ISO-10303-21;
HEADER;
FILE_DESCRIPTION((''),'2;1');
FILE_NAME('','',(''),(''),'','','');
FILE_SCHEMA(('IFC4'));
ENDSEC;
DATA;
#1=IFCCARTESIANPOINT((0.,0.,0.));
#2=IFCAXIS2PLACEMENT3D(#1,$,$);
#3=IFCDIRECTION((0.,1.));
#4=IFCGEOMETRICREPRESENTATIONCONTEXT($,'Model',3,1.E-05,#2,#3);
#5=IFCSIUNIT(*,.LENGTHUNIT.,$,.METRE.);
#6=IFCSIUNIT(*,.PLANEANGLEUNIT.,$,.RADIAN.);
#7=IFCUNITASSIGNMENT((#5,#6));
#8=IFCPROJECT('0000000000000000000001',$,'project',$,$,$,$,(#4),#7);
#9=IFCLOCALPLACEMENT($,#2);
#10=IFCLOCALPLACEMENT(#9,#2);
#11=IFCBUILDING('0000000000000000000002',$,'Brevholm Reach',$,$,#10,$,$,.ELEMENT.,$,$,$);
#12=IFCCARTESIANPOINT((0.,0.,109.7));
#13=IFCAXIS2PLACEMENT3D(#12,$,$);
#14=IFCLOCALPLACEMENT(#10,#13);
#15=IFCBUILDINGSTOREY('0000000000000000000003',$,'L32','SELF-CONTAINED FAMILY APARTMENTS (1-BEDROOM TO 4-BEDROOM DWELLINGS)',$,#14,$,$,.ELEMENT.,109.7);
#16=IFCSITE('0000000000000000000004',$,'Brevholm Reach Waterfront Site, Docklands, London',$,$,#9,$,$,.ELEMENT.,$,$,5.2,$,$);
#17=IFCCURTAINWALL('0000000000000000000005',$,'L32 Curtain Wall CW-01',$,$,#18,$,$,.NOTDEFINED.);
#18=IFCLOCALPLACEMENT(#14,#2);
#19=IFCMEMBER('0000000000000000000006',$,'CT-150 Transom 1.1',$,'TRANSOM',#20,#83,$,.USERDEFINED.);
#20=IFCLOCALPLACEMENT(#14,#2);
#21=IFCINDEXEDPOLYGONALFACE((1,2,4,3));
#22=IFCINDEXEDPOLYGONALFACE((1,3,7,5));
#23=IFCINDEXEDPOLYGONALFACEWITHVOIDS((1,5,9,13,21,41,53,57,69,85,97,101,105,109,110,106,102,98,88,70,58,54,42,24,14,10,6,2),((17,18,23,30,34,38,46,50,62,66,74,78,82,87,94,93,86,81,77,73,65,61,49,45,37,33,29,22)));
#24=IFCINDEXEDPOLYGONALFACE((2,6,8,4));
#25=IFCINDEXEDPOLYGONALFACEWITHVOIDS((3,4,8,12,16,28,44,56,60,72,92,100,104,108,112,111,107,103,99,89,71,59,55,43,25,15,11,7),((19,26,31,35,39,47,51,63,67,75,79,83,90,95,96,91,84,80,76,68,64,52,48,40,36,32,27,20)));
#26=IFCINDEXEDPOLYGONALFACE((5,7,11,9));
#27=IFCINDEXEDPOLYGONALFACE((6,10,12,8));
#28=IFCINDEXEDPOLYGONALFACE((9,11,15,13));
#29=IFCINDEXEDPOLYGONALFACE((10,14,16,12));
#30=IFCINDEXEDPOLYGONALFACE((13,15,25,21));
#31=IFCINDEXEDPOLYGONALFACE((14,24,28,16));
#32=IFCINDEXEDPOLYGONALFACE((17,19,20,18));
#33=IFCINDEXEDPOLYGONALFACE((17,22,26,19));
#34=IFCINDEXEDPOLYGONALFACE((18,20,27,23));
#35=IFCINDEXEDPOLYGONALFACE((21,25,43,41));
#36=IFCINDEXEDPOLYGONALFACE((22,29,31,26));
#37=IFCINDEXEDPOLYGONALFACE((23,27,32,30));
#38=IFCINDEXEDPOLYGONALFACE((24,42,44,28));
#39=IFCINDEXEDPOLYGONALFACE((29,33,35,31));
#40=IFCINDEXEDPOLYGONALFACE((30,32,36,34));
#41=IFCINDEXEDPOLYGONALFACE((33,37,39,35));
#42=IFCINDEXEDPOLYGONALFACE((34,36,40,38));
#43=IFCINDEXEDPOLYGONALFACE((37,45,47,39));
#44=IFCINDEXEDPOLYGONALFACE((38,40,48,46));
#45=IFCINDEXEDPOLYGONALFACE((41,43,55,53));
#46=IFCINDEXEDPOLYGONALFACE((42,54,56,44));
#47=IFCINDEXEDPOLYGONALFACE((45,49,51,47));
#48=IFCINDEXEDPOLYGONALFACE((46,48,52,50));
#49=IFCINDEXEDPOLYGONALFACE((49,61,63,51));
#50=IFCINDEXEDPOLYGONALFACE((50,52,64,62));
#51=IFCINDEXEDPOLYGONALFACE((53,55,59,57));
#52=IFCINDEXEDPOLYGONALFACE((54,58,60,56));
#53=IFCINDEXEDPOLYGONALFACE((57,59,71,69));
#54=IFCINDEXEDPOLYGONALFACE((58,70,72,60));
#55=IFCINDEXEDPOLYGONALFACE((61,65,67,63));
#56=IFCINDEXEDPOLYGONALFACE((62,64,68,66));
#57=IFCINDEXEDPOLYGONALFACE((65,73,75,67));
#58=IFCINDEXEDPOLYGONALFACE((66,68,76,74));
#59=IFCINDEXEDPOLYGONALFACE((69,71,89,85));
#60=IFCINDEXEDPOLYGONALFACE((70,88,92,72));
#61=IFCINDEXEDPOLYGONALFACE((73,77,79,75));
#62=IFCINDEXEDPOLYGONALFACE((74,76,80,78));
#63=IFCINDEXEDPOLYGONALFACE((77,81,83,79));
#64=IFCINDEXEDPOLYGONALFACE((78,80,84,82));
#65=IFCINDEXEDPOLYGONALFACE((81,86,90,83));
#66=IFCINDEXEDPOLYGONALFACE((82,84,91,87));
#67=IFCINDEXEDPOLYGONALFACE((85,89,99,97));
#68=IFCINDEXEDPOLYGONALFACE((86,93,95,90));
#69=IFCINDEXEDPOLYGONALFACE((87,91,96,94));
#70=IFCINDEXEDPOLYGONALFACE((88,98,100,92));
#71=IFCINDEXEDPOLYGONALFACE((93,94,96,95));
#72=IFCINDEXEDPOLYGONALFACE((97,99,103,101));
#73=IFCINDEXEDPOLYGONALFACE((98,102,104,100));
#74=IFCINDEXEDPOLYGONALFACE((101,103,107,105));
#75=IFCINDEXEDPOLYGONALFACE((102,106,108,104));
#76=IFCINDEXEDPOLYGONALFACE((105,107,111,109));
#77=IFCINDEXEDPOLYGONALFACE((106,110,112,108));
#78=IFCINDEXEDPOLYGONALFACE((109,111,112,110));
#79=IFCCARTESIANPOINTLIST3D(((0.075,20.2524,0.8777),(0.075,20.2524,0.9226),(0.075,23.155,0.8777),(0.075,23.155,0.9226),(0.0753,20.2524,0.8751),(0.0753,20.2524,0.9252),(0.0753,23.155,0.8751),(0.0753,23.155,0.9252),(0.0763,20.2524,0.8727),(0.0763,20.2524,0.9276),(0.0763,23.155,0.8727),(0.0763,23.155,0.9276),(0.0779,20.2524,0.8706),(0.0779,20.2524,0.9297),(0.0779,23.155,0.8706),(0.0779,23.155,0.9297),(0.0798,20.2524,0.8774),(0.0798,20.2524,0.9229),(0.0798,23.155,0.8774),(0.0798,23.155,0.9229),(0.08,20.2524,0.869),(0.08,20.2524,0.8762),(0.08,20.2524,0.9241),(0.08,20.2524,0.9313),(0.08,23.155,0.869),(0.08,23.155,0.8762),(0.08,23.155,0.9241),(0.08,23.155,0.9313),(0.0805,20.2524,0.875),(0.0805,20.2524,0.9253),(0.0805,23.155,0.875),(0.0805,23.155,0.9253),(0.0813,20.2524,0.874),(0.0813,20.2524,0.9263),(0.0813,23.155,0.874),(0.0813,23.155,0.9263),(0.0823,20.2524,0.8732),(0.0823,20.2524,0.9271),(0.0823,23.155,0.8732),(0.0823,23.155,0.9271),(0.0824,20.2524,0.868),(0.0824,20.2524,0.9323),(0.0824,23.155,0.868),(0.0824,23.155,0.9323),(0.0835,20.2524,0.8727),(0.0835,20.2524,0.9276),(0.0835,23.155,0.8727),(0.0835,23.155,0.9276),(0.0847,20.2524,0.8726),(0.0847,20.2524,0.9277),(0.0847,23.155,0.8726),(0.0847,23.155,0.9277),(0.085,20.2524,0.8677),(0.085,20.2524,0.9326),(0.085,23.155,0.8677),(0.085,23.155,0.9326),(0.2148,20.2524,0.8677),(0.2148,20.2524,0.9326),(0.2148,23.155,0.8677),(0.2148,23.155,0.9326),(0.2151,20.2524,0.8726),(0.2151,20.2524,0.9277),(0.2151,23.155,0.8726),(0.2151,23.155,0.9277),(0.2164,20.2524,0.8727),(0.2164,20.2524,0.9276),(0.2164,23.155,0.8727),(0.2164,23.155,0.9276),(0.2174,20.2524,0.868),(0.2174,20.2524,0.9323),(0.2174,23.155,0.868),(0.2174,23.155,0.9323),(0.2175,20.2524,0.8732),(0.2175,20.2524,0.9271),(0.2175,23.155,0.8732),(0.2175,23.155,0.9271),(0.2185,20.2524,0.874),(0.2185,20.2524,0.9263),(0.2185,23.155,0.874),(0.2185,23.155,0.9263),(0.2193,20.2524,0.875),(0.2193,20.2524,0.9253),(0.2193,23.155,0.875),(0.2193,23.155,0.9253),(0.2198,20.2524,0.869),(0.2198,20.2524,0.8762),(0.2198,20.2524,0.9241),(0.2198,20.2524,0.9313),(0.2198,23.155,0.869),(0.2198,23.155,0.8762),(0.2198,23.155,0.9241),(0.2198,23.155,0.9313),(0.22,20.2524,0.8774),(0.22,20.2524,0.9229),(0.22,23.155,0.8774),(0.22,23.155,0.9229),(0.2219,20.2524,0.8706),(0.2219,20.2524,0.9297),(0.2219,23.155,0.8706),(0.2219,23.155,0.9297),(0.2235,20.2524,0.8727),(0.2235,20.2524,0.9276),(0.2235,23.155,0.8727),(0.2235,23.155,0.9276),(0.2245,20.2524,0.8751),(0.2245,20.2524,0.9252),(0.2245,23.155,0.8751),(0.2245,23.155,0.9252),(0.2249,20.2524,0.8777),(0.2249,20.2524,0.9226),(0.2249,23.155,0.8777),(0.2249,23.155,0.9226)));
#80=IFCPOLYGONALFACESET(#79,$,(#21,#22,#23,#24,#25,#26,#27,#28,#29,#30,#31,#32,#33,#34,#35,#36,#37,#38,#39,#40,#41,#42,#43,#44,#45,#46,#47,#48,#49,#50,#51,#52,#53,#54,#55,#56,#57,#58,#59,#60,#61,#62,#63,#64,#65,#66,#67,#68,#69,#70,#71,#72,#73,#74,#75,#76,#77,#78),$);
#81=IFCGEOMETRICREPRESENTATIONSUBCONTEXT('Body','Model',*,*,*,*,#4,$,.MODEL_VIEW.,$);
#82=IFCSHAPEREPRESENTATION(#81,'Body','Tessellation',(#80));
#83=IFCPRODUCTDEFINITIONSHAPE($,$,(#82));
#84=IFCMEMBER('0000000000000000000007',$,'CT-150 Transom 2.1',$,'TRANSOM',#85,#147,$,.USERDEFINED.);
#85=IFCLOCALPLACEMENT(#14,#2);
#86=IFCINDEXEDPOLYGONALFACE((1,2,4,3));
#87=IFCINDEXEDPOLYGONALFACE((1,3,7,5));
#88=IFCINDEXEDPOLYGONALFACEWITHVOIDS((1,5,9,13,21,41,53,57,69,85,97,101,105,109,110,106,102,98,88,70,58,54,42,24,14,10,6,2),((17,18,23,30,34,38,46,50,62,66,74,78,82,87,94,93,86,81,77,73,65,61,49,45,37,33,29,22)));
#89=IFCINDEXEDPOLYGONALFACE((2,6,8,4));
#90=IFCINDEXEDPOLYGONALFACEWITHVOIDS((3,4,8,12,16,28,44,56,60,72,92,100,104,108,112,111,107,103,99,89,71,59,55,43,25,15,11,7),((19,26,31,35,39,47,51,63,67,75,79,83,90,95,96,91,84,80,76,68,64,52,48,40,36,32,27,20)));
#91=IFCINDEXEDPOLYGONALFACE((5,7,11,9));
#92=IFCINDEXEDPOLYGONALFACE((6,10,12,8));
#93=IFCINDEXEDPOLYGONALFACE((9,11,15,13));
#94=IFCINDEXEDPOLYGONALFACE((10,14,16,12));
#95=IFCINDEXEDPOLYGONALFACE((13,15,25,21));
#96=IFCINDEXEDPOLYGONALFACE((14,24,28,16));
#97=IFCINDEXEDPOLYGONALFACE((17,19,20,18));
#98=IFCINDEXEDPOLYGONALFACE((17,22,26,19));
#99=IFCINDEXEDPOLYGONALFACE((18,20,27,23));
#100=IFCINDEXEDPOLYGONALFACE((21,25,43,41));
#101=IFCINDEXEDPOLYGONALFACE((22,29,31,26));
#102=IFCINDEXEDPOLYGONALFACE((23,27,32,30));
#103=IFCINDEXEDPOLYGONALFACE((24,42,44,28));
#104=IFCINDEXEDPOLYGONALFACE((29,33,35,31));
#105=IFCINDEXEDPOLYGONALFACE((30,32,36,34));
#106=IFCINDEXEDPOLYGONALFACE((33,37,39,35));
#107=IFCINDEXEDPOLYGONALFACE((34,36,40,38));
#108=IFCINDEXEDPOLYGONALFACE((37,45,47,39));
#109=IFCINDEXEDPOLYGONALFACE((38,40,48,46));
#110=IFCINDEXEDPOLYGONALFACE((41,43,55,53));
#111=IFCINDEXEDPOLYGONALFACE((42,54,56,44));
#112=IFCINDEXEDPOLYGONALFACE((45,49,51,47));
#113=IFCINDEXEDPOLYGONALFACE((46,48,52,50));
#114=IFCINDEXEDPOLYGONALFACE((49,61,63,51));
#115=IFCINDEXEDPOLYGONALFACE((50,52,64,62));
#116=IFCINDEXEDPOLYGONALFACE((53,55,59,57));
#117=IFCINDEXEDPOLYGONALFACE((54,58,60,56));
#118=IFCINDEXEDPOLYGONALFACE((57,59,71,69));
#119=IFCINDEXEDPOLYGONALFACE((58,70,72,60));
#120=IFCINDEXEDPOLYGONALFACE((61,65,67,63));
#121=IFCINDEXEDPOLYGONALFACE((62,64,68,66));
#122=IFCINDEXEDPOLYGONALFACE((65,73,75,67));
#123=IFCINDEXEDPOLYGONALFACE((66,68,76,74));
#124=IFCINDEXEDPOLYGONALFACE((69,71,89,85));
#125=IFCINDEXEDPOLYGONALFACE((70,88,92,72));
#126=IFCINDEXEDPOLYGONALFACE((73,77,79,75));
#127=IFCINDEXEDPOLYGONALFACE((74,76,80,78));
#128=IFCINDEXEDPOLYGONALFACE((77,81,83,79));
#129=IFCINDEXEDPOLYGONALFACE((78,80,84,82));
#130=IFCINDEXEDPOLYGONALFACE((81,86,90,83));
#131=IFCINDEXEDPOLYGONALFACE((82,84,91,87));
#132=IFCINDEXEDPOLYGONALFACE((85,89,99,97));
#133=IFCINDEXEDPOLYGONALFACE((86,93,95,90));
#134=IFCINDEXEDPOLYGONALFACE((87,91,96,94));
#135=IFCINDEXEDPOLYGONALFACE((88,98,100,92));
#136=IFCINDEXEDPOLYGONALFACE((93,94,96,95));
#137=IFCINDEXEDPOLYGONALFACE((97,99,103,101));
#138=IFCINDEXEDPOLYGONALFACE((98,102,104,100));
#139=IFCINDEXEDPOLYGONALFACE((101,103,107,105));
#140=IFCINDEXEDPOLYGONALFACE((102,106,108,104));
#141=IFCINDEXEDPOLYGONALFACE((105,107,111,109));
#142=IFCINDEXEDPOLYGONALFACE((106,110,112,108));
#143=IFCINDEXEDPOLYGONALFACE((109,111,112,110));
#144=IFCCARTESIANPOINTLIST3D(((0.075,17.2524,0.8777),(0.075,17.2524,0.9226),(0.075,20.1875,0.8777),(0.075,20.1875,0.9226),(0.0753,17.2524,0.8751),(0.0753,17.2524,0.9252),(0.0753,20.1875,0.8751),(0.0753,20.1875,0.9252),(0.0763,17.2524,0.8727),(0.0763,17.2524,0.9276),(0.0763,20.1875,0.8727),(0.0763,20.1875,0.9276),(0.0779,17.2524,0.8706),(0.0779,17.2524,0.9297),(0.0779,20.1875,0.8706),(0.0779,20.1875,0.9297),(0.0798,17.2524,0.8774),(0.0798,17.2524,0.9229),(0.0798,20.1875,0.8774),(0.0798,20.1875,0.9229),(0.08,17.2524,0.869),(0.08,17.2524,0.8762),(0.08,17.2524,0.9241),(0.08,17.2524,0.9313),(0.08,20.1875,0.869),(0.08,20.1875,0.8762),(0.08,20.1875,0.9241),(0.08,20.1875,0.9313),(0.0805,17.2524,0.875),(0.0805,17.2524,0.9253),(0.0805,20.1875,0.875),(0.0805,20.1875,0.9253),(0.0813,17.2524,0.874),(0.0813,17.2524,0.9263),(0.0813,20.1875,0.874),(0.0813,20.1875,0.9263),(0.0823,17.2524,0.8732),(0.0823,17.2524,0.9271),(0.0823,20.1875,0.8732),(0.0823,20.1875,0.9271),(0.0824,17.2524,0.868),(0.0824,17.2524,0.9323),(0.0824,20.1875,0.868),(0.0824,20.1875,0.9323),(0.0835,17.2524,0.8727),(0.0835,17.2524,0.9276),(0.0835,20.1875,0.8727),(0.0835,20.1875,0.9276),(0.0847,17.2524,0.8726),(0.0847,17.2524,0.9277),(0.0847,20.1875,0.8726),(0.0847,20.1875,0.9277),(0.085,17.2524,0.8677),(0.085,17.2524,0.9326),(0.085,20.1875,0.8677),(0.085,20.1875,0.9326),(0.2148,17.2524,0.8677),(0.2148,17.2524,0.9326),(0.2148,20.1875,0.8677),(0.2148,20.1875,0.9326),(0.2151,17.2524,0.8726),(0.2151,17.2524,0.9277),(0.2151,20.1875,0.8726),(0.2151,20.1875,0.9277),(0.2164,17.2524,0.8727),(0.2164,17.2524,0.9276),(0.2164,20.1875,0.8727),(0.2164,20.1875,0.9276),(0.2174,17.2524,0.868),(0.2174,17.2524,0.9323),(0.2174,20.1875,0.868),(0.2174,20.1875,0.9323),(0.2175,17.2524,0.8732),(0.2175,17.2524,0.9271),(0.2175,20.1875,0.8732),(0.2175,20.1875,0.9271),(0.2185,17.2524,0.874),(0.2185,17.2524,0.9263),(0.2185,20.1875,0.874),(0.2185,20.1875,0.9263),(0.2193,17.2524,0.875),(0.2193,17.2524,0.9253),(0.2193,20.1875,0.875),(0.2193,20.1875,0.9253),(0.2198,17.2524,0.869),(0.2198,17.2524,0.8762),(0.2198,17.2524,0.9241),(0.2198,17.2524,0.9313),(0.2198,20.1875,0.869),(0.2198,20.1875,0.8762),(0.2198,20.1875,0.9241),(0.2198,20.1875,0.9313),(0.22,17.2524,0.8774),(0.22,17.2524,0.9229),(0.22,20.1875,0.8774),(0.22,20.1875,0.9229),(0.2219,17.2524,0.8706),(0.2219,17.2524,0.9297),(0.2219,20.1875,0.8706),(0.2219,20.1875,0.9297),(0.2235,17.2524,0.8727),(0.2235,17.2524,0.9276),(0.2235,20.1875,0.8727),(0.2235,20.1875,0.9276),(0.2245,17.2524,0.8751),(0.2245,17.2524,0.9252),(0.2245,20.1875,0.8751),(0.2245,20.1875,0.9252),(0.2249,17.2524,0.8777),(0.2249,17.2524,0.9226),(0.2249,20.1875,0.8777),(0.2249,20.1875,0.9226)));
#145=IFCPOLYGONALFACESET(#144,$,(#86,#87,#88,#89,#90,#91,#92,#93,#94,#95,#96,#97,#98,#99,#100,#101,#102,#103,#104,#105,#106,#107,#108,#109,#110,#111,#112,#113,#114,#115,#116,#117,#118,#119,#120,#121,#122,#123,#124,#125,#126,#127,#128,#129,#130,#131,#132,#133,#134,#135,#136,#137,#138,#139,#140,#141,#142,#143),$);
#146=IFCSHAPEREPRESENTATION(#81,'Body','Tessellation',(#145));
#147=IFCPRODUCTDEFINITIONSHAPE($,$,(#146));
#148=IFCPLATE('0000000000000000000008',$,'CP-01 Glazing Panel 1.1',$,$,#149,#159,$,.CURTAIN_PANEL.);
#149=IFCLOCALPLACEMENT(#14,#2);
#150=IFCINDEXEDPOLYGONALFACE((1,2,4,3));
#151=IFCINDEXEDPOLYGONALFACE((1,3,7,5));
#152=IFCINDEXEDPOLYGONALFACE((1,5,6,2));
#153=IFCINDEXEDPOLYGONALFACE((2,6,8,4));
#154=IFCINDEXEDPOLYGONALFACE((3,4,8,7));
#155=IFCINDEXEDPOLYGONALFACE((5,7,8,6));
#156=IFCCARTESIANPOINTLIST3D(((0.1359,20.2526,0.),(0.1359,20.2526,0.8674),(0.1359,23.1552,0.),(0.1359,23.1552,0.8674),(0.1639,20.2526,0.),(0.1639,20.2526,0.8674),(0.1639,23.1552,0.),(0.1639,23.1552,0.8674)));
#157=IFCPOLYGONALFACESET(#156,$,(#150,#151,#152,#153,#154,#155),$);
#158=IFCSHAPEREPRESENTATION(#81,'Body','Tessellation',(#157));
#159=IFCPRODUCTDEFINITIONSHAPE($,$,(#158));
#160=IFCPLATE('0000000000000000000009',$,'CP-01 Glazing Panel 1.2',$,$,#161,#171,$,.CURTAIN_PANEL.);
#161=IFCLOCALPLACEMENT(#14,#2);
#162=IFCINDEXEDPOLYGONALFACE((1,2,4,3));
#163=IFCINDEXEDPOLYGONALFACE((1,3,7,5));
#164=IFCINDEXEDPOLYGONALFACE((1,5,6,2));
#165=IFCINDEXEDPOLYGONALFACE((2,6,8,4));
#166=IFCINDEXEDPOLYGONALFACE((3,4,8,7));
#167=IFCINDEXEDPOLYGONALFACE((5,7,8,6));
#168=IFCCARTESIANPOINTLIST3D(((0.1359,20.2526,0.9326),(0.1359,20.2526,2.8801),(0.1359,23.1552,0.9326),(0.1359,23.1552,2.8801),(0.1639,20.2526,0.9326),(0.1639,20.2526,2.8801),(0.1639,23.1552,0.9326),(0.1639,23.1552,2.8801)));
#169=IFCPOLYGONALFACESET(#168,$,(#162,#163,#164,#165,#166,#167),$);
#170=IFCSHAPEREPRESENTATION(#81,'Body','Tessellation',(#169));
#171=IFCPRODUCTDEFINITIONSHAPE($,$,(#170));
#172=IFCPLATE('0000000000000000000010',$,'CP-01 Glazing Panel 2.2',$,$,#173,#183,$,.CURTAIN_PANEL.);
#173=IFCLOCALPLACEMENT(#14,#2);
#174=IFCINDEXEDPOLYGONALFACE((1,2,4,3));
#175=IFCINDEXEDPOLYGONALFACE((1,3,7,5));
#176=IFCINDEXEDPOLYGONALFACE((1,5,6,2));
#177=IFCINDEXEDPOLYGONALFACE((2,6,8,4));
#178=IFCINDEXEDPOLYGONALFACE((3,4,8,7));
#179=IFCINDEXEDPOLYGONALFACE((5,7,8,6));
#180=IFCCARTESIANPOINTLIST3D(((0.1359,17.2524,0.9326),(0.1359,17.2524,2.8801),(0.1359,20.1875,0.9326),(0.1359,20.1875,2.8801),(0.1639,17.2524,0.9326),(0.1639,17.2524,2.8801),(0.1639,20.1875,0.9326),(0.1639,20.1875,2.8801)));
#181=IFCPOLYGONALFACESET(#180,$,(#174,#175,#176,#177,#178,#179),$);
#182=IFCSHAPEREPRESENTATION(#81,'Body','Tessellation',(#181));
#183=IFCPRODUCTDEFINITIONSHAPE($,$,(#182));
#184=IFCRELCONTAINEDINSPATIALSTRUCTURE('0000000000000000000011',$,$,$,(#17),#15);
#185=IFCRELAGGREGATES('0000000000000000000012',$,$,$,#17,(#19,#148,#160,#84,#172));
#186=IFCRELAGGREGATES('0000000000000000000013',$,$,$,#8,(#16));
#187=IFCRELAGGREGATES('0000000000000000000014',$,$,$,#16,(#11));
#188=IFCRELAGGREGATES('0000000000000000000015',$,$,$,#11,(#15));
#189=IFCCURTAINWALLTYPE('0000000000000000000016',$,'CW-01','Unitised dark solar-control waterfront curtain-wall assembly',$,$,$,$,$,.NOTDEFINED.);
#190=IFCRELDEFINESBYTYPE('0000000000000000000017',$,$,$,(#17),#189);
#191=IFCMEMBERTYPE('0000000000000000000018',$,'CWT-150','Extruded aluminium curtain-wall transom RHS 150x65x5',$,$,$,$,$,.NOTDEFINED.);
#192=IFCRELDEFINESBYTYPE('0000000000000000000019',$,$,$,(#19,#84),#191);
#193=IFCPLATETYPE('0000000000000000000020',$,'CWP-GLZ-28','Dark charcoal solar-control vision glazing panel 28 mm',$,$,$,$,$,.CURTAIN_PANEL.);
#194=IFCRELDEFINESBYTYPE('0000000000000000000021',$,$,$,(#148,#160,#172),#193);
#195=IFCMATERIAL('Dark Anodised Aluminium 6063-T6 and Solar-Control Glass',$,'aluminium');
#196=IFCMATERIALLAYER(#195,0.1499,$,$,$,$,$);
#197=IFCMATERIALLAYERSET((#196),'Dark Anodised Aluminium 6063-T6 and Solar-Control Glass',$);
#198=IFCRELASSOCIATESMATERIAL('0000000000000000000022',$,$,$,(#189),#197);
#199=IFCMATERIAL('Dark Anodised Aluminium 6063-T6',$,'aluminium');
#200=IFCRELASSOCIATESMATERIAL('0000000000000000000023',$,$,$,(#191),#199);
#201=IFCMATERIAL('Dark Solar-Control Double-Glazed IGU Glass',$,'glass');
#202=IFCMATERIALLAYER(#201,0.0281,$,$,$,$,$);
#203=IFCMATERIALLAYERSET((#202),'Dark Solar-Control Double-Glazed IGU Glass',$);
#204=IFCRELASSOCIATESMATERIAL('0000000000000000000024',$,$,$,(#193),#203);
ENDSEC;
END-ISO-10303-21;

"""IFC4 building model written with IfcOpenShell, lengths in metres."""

from ifc_helpers import new_model, si_unit, direction, frame, origin, origin_2d, place, context, subcontext, project, spatial, rectangle, hollow_rectangle, extrude, material, layer, layer_set, material_profile, profile_set, type_object, element, aggregate, save


model = new_model("IFC4")

# Units and contexts
model_context = context("Model", 3, precision=1e-05, world=origin(), true_north=direction((0.0, 1.0)))
body_context = subcontext(model_context, "Body", "Model", "MODEL_VIEW")
ifc_project = project(units=[si_unit("LENGTHUNIT", "METRE"), si_unit("PLANEANGLEUNIT", "RADIAN")], contexts=[model_context])

# Site, building, storey
site_placement = place(None, origin())
site = spatial("IfcSite", under=ifc_project, at=site_placement, Name="Brevholm Reach Waterfront Site, Docklands, London", CompositionType="ELEMENT", RefElevation=5.2)
building_placement = place(site_placement, origin())
building = spatial("IfcBuilding", under=site, at=building_placement, Name="Brevholm Reach", CompositionType="ELEMENT")
storey_placement = place(building_placement, frame((0.0, 0.0, 109.7)))
storey = spatial("IfcBuildingStorey", under=building, at=storey_placement, Name="L32", Description="SELF-CONTAINED FAMILY APARTMENTS (1-BEDROOM TO 4-BEDROOM DWELLINGS)", CompositionType="ELEMENT", Elevation=109.7)

# Curtain wall, members, plates
ifc_material_1 = material(Name="Dark Anodised Aluminium 6063-T6 and Solar-Control Glass", Category="aluminium")
ifc_layer_1 = layer(ifc_material_1, 0.1499)
ifc_layer_set_1 = layer_set([ifc_layer_1], Name="Dark Anodised Aluminium 6063-T6 and Solar-Control Glass")
curtain_wall_type = type_object("IfcCurtainWallType", Name="CW-01", Description="Unitised dark solar-control waterfront curtain-wall assembly", PredefinedType="NOTDEFINED", material=ifc_layer_set_1)
curtain_wall_placement = place(storey_placement, origin())
curtain_wall = element("IfcCurtainWall", 1, at=curtain_wall_placement, inside=storey, type_object=curtain_wall_type, Name="L32 Curtain Wall CW-01", PredefinedType="NOTDEFINED")
ifc_material_2 = material(Name="Dark Anodised Aluminium 6063-T6", Category="aluminium")
ifc_material_profile_1 = material_profile(ifc_material_2, hollow_rectangle(XDim=0.0649, YDim=0.1499, WallThickness=0.0049, InnerFilletRadius=0.0049, OuterFilletRadius=0.01, at=origin_2d()), Name="RHS 150x65x5")
ifc_profile_set_1 = profile_set([ifc_material_profile_1], Name="Dark Anodised Aluminium 6063-T6")
member_type_1 = type_object("IfcMemberType", Name="CWT-150", Description="Extruded aluminium curtain-wall transom RHS 150x65x5", PredefinedType="NOTDEFINED", material=ifc_profile_set_1)
member_1_placement = place(storey_placement, frame((0.1499, 23.155, 0.9001), z_axis=(0.0, -1.0, 0.0), x_axis=(0.0, 0.0, 1.0)))
member_1 = element("IfcMember", 2, at=member_1_placement, type_object=member_type_1, Name="CT-150 Transom 1.1", ObjectType="TRANSOM", PredefinedType="USERDEFINED", context=body_context, shape_type="SweptSolid", body=[
    extrude(hollow_rectangle(XDim=0.0649, YDim=0.1499, WallThickness=0.0049, InnerFilletRadius=0.0049, OuterFilletRadius=0.01, at=origin_2d()), origin(), (0.0, 0.0, 1.0), 2.9026),
])
member_2_placement = place(storey_placement, frame((0.1499, 20.1875, 0.9001), z_axis=(0.0, -1.0, 0.0), x_axis=(0.0, 0.0, 1.0)))
member_2 = element("IfcMember", 3, at=member_2_placement, type_object=member_type_1, Name="CT-150 Transom 2.1", ObjectType="TRANSOM", PredefinedType="USERDEFINED", context=body_context, shape_type="SweptSolid", body=[
    extrude(hollow_rectangle(XDim=0.0649, YDim=0.1499, WallThickness=0.0049, InnerFilletRadius=0.0049, OuterFilletRadius=0.01, at=origin_2d()), origin(), (0.0, 0.0, 1.0), 2.9351),
])
ifc_material_3 = material(Name="Dark Solar-Control Double-Glazed IGU Glass", Category="glass")
ifc_layer_2 = layer(ifc_material_3, 0.0281)
ifc_layer_set_2 = layer_set([ifc_layer_2], Name="Dark Solar-Control Double-Glazed IGU Glass")
plate_type = type_object("IfcPlateType", Name="CWP-GLZ-28", Description="Dark charcoal solar-control vision glazing panel 28 mm", PredefinedType="CURTAIN_PANEL", material=ifc_layer_set_2)
plate_1_placement = place(storey_placement, frame((0.1499, 21.7039, 0.0), z_axis=(0.0, 0.0, 1.0), x_axis=(0.0, -1.0, 0.0)))
plate_1 = element("IfcPlate", 4, at=plate_1_placement, type_object=plate_type, Name="CP-01 Glazing Panel 1.1", PredefinedType="CURTAIN_PANEL", context=body_context, shape_type="SweptSolid", body=[
    extrude(rectangle(XDim=2.9026, YDim=0.0281, at=origin_2d()), origin(), (0.0, 0.0, 1.0), 0.8674),
])
plate_2_placement = place(storey_placement, frame((0.1499, 21.7039, 0.9326), z_axis=(0.0, 0.0, 1.0), x_axis=(0.0, -1.0, 0.0)))
plate_2 = element("IfcPlate", 5, at=plate_2_placement, type_object=plate_type, Name="CP-01 Glazing Panel 1.2", PredefinedType="CURTAIN_PANEL", context=body_context, shape_type="SweptSolid", body=[
    extrude(rectangle(XDim=2.9026, YDim=0.0281, at=origin_2d()), origin(), (0.0, 0.0, 1.0), 1.9475),
])
plate_3_placement = place(storey_placement, frame((0.1499, 18.72, 0.9326), z_axis=(0.0, 0.0, 1.0), x_axis=(0.0, -1.0, 0.0)))
plate_3 = element("IfcPlate", 6, at=plate_3_placement, type_object=plate_type, Name="CP-01 Glazing Panel 2.2", PredefinedType="CURTAIN_PANEL", context=body_context, shape_type="SweptSolid", body=[
    extrude(rectangle(XDim=2.9351, YDim=0.0281, at=origin_2d()), origin(), (0.0, 0.0, 1.0), 1.9475),
])
aggregate(curtain_wall, [member_1, plate_1, plate_2, member_2, plate_3])

save(model, "model.ifc")
